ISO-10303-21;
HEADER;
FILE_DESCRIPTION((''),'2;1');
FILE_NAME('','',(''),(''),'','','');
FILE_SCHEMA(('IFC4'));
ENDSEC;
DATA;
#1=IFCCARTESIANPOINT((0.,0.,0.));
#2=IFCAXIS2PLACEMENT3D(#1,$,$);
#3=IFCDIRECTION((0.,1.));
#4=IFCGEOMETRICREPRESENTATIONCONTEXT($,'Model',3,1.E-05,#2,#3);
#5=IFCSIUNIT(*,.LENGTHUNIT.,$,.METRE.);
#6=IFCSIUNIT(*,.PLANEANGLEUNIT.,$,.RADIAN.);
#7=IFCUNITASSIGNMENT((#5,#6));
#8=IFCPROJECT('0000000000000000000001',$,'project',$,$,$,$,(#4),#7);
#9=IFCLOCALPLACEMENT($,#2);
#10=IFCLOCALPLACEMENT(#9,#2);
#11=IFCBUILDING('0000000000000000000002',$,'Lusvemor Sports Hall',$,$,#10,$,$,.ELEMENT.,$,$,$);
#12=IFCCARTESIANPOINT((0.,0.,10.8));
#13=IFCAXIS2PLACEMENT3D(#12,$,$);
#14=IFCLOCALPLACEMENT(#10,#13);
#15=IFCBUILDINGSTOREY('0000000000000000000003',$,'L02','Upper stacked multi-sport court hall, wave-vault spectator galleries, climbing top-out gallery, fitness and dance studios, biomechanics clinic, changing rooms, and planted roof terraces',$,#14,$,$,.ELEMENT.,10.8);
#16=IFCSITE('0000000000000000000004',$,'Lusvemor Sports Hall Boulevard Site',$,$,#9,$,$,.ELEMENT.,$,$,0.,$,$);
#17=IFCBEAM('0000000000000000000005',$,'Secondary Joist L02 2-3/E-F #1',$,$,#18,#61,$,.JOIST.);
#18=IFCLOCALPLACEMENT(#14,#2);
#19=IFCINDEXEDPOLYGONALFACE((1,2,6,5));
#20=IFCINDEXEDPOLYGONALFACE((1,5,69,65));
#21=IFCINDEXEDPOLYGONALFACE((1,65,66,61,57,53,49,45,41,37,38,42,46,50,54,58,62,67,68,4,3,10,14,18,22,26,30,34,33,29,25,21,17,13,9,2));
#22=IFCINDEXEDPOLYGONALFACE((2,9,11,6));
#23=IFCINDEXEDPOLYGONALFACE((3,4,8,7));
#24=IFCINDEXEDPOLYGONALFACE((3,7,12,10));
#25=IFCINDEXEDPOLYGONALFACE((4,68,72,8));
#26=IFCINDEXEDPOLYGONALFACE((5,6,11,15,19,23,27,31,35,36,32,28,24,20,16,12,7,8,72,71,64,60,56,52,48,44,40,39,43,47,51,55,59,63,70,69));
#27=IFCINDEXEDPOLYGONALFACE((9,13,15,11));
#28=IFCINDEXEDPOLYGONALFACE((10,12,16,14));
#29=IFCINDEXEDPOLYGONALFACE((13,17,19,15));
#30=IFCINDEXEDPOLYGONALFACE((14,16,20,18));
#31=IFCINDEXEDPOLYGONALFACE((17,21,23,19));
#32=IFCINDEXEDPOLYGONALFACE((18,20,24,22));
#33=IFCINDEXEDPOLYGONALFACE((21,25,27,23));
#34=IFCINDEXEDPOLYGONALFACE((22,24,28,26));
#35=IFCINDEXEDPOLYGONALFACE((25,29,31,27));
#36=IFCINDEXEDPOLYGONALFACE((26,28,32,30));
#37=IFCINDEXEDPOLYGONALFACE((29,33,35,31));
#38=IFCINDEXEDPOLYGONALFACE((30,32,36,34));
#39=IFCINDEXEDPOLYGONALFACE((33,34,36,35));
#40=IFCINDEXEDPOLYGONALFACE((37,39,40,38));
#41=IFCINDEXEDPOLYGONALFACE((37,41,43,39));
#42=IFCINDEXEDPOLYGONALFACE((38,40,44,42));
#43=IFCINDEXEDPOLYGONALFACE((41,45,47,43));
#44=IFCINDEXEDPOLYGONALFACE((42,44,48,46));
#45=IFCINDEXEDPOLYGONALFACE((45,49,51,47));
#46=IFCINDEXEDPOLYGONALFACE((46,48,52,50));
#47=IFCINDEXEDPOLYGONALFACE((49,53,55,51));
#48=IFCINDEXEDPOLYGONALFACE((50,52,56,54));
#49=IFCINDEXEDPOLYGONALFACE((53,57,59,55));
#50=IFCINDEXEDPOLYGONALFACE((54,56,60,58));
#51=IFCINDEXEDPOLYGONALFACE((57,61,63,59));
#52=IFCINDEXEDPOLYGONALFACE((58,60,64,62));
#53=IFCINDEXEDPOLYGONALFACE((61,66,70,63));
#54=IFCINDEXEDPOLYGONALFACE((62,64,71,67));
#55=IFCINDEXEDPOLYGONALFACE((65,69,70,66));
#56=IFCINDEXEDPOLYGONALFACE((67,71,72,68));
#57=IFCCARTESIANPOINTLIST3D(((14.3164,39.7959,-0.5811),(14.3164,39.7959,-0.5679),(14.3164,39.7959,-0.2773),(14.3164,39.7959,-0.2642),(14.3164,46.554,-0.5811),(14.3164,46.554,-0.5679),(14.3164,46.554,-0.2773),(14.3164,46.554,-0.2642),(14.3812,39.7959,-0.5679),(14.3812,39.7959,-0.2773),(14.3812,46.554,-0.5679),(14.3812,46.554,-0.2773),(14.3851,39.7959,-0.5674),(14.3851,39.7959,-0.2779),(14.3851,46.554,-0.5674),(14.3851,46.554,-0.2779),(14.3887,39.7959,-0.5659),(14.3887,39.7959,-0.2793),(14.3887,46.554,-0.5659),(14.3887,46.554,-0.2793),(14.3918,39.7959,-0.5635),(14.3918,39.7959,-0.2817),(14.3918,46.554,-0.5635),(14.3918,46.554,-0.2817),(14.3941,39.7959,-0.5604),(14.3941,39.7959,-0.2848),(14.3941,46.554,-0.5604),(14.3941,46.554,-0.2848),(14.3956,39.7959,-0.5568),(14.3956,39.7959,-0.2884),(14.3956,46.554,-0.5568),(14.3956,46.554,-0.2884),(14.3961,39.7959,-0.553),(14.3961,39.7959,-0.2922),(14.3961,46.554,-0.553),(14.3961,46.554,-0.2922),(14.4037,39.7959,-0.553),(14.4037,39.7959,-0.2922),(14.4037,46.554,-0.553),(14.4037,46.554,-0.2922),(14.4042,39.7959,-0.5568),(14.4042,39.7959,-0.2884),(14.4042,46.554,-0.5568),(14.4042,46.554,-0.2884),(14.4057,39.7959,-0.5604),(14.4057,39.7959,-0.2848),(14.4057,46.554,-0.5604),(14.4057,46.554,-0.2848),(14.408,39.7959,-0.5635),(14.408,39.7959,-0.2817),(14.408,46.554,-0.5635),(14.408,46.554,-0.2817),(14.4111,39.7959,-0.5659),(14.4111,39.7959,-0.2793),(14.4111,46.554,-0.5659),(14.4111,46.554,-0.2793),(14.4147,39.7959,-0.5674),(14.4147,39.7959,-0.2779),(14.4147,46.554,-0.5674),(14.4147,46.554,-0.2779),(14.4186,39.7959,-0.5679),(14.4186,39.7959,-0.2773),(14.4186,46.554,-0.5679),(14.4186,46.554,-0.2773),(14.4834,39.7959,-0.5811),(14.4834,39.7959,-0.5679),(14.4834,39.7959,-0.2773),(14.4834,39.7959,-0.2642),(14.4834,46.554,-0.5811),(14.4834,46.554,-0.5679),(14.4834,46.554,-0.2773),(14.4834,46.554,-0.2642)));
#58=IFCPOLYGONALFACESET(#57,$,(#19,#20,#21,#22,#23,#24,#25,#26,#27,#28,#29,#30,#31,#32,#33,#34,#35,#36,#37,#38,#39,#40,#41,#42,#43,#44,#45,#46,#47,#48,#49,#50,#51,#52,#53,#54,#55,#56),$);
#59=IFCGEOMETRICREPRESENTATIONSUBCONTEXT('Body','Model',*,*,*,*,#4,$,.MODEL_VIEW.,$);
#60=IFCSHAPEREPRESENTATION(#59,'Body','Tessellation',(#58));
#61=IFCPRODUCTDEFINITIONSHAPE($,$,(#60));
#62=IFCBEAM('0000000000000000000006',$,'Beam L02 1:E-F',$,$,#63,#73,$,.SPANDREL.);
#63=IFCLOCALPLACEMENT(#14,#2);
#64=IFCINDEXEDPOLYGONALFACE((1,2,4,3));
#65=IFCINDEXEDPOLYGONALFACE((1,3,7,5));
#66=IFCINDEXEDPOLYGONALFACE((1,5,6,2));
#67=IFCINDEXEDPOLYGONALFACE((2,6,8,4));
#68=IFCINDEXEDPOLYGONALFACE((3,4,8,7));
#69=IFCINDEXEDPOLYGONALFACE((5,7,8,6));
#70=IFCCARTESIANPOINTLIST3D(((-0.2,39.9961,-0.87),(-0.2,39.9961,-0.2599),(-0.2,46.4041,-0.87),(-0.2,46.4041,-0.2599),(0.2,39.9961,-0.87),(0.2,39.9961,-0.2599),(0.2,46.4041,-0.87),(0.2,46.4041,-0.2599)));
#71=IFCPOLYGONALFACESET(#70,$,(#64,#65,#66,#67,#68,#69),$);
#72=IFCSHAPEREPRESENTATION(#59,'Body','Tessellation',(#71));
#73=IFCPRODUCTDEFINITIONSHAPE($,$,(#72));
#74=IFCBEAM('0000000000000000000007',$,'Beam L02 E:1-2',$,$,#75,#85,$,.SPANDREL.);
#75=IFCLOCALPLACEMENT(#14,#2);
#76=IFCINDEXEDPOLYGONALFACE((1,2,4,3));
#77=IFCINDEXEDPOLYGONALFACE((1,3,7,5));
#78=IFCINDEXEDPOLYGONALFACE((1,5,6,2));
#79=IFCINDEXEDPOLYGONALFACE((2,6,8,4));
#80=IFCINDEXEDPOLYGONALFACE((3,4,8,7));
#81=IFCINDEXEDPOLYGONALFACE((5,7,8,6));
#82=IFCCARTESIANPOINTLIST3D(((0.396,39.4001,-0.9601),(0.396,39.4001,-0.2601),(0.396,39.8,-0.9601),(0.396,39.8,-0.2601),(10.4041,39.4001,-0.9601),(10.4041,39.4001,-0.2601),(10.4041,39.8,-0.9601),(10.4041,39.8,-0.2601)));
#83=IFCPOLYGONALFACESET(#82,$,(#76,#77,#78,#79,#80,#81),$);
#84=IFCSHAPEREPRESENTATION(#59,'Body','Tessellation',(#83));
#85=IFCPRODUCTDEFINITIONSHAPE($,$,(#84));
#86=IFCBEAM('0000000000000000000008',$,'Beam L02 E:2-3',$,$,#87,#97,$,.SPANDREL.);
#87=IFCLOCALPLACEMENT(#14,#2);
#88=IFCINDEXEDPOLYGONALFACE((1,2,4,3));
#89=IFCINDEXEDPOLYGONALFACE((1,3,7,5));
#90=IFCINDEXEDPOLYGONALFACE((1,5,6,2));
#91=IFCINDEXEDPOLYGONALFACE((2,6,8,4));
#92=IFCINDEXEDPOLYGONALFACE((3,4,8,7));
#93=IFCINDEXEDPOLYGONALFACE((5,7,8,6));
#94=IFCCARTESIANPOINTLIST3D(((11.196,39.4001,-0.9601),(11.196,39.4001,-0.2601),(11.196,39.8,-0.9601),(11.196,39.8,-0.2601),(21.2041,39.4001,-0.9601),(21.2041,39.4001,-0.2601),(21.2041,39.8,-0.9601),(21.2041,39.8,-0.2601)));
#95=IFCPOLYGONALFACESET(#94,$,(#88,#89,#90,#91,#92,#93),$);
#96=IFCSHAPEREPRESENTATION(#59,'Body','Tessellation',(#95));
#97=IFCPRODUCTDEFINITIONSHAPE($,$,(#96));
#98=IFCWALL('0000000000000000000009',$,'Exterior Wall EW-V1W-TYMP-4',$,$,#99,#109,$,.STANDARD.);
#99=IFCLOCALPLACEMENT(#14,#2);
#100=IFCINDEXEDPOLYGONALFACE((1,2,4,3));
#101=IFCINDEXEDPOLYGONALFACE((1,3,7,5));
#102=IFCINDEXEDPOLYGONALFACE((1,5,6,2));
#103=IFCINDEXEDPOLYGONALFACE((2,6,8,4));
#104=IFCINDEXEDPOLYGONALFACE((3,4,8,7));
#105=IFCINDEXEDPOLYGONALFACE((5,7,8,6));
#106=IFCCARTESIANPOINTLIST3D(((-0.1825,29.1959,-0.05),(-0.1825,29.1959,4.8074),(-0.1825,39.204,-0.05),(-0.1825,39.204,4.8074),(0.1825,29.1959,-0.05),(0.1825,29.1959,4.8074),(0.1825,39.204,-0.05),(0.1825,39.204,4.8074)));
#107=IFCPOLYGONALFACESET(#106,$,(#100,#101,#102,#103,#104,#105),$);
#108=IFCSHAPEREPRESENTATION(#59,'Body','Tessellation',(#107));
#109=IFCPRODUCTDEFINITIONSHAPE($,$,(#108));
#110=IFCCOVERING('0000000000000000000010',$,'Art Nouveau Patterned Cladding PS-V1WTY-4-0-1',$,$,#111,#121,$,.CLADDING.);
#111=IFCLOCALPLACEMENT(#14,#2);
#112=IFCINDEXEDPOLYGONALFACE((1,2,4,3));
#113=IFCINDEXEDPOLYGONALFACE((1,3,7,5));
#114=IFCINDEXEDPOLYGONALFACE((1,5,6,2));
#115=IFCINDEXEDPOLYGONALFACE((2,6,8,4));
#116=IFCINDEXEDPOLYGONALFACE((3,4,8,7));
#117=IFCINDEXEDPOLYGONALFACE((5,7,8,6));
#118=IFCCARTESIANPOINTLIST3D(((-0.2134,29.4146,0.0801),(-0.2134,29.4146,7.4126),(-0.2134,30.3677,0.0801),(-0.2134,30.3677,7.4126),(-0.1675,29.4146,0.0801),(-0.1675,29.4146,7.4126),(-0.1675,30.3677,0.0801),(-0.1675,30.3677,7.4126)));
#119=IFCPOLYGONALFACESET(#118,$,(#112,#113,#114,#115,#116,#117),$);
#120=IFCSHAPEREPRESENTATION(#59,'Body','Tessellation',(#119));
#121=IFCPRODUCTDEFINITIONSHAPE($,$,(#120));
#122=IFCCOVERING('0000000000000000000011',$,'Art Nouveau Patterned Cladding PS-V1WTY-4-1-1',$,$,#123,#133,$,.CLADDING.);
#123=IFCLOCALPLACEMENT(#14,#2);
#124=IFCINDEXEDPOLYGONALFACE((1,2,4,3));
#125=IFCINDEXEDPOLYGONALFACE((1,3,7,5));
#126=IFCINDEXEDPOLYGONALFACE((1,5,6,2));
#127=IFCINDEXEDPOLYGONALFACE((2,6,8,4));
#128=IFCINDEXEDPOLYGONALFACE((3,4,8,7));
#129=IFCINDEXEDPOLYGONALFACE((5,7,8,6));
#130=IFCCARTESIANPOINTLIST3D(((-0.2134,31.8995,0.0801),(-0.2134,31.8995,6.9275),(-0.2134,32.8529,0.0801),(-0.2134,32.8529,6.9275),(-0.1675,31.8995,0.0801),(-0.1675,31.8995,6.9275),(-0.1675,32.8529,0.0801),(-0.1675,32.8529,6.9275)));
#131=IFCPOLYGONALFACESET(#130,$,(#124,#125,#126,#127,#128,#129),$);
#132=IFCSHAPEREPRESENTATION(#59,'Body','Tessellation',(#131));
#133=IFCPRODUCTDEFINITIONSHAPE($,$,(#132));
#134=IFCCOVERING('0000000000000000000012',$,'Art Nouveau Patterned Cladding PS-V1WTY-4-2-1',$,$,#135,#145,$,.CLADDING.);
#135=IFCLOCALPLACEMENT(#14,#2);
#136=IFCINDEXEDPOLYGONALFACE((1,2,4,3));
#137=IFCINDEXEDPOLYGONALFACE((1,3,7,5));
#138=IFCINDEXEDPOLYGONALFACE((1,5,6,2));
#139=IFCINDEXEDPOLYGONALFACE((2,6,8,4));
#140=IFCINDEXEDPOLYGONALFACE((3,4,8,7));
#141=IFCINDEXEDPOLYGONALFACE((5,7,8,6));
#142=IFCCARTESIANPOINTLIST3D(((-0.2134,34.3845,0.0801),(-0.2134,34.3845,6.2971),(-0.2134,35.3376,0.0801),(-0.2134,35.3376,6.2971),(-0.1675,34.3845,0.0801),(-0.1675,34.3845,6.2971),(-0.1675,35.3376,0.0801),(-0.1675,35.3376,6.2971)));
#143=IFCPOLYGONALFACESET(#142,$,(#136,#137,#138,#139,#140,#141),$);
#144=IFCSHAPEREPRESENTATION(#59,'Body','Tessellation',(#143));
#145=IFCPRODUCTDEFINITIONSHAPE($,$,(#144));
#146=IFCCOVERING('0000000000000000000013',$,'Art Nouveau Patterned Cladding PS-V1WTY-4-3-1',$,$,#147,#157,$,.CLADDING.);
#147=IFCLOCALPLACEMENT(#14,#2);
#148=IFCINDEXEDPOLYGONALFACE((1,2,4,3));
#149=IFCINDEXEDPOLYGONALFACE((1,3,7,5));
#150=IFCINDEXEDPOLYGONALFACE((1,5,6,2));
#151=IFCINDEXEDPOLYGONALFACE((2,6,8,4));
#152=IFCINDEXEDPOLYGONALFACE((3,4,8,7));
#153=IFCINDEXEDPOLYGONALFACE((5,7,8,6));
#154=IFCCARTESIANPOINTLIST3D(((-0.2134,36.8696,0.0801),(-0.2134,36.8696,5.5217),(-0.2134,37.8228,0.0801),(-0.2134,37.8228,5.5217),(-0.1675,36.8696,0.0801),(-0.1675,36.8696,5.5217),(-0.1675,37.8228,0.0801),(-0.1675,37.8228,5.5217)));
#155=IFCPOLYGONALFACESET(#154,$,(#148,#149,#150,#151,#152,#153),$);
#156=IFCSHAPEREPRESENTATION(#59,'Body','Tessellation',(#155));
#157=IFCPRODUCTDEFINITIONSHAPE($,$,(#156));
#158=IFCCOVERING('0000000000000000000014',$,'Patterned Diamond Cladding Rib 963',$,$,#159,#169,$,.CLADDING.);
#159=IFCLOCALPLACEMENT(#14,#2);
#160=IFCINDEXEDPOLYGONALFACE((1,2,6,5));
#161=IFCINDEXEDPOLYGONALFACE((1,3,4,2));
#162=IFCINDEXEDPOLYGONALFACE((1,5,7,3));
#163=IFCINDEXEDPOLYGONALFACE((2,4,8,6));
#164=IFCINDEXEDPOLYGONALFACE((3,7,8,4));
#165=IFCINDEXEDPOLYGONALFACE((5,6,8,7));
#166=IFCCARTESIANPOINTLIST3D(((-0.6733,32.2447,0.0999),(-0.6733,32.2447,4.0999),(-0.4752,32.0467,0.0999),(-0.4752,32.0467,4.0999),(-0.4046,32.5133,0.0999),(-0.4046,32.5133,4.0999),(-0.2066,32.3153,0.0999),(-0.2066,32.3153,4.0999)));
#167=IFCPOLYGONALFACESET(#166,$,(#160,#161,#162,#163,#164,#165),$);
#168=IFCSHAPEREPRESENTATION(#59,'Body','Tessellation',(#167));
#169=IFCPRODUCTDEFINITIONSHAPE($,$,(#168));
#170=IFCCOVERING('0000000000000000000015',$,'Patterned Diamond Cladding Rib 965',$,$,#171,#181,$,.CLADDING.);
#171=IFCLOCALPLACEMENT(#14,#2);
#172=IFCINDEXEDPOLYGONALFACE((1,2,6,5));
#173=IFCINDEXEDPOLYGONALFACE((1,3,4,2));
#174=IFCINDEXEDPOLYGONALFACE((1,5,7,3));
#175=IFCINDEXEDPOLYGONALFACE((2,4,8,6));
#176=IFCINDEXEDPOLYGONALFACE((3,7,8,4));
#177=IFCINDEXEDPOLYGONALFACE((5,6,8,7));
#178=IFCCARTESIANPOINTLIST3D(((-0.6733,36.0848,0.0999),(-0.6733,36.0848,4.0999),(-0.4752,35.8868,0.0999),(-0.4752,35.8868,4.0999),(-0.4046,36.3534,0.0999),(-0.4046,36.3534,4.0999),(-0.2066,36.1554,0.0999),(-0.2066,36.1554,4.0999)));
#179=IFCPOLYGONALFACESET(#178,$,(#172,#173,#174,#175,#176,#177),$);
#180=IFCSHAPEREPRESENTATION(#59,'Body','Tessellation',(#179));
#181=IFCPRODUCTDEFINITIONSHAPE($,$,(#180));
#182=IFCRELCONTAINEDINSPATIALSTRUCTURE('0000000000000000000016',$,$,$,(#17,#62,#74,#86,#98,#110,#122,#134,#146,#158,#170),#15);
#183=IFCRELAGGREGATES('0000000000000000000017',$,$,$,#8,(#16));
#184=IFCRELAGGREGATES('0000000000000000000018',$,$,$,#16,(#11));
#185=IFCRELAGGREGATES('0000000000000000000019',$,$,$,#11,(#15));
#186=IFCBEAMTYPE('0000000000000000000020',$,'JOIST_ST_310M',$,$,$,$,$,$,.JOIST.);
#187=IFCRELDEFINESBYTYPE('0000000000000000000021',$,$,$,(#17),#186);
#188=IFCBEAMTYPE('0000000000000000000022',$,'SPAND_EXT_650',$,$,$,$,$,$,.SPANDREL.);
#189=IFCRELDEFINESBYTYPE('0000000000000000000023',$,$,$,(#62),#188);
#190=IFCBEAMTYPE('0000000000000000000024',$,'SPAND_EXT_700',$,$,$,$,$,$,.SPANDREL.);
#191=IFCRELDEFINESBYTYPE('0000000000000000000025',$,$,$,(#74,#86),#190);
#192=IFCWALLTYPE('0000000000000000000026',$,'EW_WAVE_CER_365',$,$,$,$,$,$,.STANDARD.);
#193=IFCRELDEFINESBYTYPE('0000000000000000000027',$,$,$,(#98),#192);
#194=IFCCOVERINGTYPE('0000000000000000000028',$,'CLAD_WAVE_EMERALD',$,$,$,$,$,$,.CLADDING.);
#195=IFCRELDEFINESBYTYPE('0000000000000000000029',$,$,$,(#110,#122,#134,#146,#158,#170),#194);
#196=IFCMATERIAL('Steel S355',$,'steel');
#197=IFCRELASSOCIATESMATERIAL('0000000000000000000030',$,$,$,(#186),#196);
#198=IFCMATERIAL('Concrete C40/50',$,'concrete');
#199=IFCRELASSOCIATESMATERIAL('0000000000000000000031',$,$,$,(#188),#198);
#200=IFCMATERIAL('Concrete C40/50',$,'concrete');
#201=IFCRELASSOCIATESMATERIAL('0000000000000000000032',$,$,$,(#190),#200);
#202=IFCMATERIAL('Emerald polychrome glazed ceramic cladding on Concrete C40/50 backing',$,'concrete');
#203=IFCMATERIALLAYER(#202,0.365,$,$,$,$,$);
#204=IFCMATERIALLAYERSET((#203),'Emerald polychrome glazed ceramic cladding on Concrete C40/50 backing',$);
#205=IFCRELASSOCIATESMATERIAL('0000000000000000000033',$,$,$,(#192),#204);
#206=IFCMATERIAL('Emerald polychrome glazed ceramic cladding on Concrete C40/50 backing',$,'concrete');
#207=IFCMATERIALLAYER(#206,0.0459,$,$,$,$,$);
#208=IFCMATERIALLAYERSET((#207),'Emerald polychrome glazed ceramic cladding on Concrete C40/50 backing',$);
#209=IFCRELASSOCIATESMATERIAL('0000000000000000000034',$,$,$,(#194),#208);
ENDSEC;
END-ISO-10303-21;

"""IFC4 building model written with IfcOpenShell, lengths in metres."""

from ifc_helpers import new_model, si_unit, direction, frame, frame_2d, origin, origin_2d, place, context, subcontext, project, spatial, rectangle, i_section, extrude, material, layer, layer_set, material_profile, profile_set, type_object, element, save


model = new_model("IFC4")

# Units and contexts
model_context = context("Model", 3, precision=1e-05, world=origin(), true_north=direction((0.0, 1.0)))
body_context = subcontext(model_context, "Body", "Model", "MODEL_VIEW")
ifc_project = project(units=[si_unit("LENGTHUNIT", "METRE"), si_unit("PLANEANGLEUNIT", "RADIAN")], contexts=[model_context])

# Site, building, storey
site_placement = place(None, origin())
site = spatial("IfcSite", under=ifc_project, at=site_placement, Name="Lusvemor Sports Hall Boulevard Site", CompositionType="ELEMENT", RefElevation=0.0)
building_placement = place(site_placement, origin())
building = spatial("IfcBuilding", under=site, at=building_placement, Name="Lusvemor Sports Hall", CompositionType="ELEMENT")
storey_placement = place(building_placement, frame((0.0, 0.0, 10.8)))
storey = spatial("IfcBuildingStorey", under=building, at=storey_placement, Name="L02", Description="Upper stacked multi-sport court hall, wave-vault spectator galleries, climbing top-out gallery, fitness and dance studios, biomechanics clinic, changing rooms, and planted roof terraces", CompositionType="ELEMENT", Elevation=10.8)

# Beams
ifc_material_1 = material(Name="Steel S355", Category="steel")
ifc_material_profile_1 = material_profile(ifc_material_1, i_section(OverallWidth=0.167, OverallDepth=0.3169, WebThickness=0.0076, FlangeThickness=0.0132, FilletRadius=0.0149, at=origin_2d()), Name="W310x52.0")
ifc_profile_set_1 = profile_set([ifc_material_profile_1], Name="Steel S355")
beam_type_1 = type_object("IfcBeamType", Name="JOIST_ST_310M", PredefinedType="JOIST", material=ifc_profile_set_1)
for number, where, z_axis, x_axis, name in (
    (1, (14.3999, 39.7959, -0.4226), (0.0, 1.0, 0.0), (-1.0, 0.0, 0.0), "Secondary Joist L02 2-3/E-F #1"),
):
    element("IfcBeam", number, at=place(storey_placement, frame(where, z_axis=z_axis, x_axis=x_axis)), inside=storey, type_object=beam_type_1, Name=name, PredefinedType="JOIST", context=body_context, shape_type="SweptSolid", body=[
        extrude(i_section(OverallWidth=0.167, OverallDepth=0.3169, WebThickness=0.0076, FlangeThickness=0.0132, FilletRadius=0.0149, at=origin_2d()), origin(), (0.0, 0.0, 1.0), 6.7581),
    ])
ifc_material_2 = material(Name="Concrete C40/50", Category="concrete")
ifc_material_profile_2 = material_profile(ifc_material_2, rectangle(XDim=0.3999, YDim=0.6101, at=origin_2d()), Name="RC400x610")
ifc_profile_set_2 = profile_set([ifc_material_profile_2], Name="Concrete C40/50")
beam_type_2 = type_object("IfcBeamType", Name="SPAND_EXT_650", PredefinedType="SPANDREL", material=ifc_profile_set_2)
beam_placement = place(storey_placement, frame((0.0, 39.9961, -0.5649), z_axis=(0.0, 1.0, 0.0), x_axis=(-1.0, 0.0, 0.0)))
element("IfcBeam", 2, at=beam_placement, inside=storey, type_object=beam_type_2, Name="Beam L02 1:E-F", PredefinedType="SPANDREL", context=body_context, shape_type="SweptSolid", body=[
    extrude(rectangle(XDim=0.3999, YDim=0.6101, at=origin_2d()), origin(), (0.0, 0.0, 1.0), 6.408),
])
ifc_material_3 = material(Name="Concrete C40/50", Category="concrete")
ifc_material_profile_3 = material_profile(ifc_material_3, rectangle(XDim=0.3999, YDim=0.7, at=origin_2d()), Name="RC400x700")
ifc_profile_set_3 = profile_set([ifc_material_profile_3], Name="Concrete C40/50")
beam_type_3 = type_object("IfcBeamType", Name="SPAND_EXT_700", PredefinedType="SPANDREL", material=ifc_profile_set_3)
for number, where, z_axis, x_axis, name in (
    (3, (0.396, 39.6001, -0.6101), (1.0, 0.0, 0.0), (0.0, 1.0, 0.0), "Beam L02 E:1-2"),
    (4, (11.196, 39.6001, -0.6101), (1.0, 0.0, 0.0), (0.0, 1.0, 0.0), "Beam L02 E:2-3"),
):
    element("IfcBeam", number, at=place(storey_placement, frame(where, z_axis=z_axis, x_axis=x_axis)), inside=storey, type_object=beam_type_3, Name=name, PredefinedType="SPANDREL", context=body_context, shape_type="SweptSolid", body=[
        extrude(rectangle(XDim=0.3999, YDim=0.7, at=origin_2d()), origin(), (0.0, 0.0, 1.0), 10.0081),
    ])

# Wall
ifc_material_4 = material(Name="Emerald polychrome glazed ceramic cladding on Concrete C40/50 backing", Category="concrete")
ifc_layer_1 = layer(ifc_material_4, 0.365)
ifc_layer_set_1 = layer_set([ifc_layer_1], Name="Emerald polychrome glazed ceramic cladding on Concrete C40/50 backing")
wall_type = type_object("IfcWallType", Name="EW_WAVE_CER_365", PredefinedType="STANDARD", material=ifc_layer_set_1)
wall_placement = place(storey_placement, frame((0.0, 29.196, -0.05), z_axis=(0.0, 0.0, 1.0), x_axis=(0.0, 1.0, 0.0)))
element("IfcWall", 5, at=wall_placement, inside=storey, type_object=wall_type, Name="Exterior Wall EW-V1W-TYMP-4", PredefinedType="STANDARD", context=body_context, shape_type="SweptSolid", body=[
    extrude(rectangle(XDim=10.0081, YDim=0.365, at=frame_2d((5.0039, 0.0))), origin(), (0.0, 0.0, 1.0), 4.8574),
])

# Coverings
ifc_material_5 = material(Name="Emerald polychrome glazed ceramic cladding on Concrete C40/50 backing", Category="concrete")
ifc_layer_2 = layer(ifc_material_5, 0.0459)
ifc_layer_set_2 = layer_set([ifc_layer_2], Name="Emerald polychrome glazed ceramic cladding on Concrete C40/50 backing")
covering_type_1 = type_object("IfcCoveringType", Name="CLAD_WAVE_EMERALD", PredefinedType="CLADDING", material=ifc_layer_set_2)
covering_1_placement = place(storey_placement, frame((-0.1904, 29.8911, 0.0801), z_axis=(0.0, 0.0, 1.0), x_axis=(1.0, 0.0, 0.0)))
element("IfcCovering", 6, at=covering_1_placement, inside=storey, type_object=covering_type_1, Name="Art Nouveau Patterned Cladding PS-V1WTY-4-0-1", PredefinedType="CLADDING", context=body_context, shape_type="SweptSolid", body=[
    extrude(rectangle(XDim=0.0459, YDim=0.9531, at=origin_2d()), origin(), (0.0, 0.0, 1.0), 7.3325),
])
covering_2_placement = place(storey_placement, frame((-0.1904, 32.3762, 0.0801), z_axis=(0.0, 0.0, 1.0), x_axis=(1.0, 0.0, 0.0)))
element("IfcCovering", 7, at=covering_2_placement, inside=storey, type_object=covering_type_1, Name="Art Nouveau Patterned Cladding PS-V1WTY-4-1-1", PredefinedType="CLADDING", context=body_context, shape_type="SweptSolid", body=[
    extrude(rectangle(XDim=0.0459, YDim=0.9534, at=origin_2d()), origin(), (0.0, 0.0, 1.0), 6.8474),
])
covering_3_placement = place(storey_placement, frame((-0.1904, 34.8611, 0.0801), z_axis=(0.0, 0.0, 1.0), x_axis=(1.0, 0.0, 0.0)))
element("IfcCovering", 8, at=covering_3_placement, inside=storey, type_object=covering_type_1, Name="Art Nouveau Patterned Cladding PS-V1WTY-4-2-1", PredefinedType="CLADDING", context=body_context, shape_type="SweptSolid", body=[
    extrude(rectangle(XDim=0.0459, YDim=0.9531, at=origin_2d()), origin(), (0.0, 0.0, 1.0), 6.217),
])
covering_4_placement = place(storey_placement, frame((-0.1904, 37.3462, 0.0801), z_axis=(0.0, 0.0, 1.0), x_axis=(1.0, 0.0, 0.0)))
element("IfcCovering", 9, at=covering_4_placement, inside=storey, type_object=covering_type_1, Name="Art Nouveau Patterned Cladding PS-V1WTY-4-3-1", PredefinedType="CLADDING", context=body_context, shape_type="SweptSolid", body=[
    extrude(rectangle(XDim=0.0459, YDim=0.9531, at=origin_2d()), origin(), (0.0, 0.0, 1.0), 5.4417),
])
for number, where, z_axis, x_axis, name in (
    (10, (-0.4399, 32.28, 0.0999), (0.0, 0.0, 1.0), (0.707107, 0.707107, 0.0), "Patterned Diamond Cladding Rib 963"),
    (11, (-0.4399, 36.1201, 0.0999), (0.0, 0.0, 1.0), (0.707107, 0.707107, 0.0), "Patterned Diamond Cladding Rib 965"),
):
    element("IfcCovering", number, at=place(storey_placement, frame(where, z_axis=z_axis, x_axis=x_axis)), inside=storey, type_object=covering_type_1, Name=name, PredefinedType="CLADDING", context=body_context, shape_type="SweptSolid", body=[
        extrude(rectangle(XDim=0.3799, YDim=0.28, at=origin_2d()), origin(), (0.0, 0.0, 1.0), 4.0),
    ])

save(model, "model.ifc")
